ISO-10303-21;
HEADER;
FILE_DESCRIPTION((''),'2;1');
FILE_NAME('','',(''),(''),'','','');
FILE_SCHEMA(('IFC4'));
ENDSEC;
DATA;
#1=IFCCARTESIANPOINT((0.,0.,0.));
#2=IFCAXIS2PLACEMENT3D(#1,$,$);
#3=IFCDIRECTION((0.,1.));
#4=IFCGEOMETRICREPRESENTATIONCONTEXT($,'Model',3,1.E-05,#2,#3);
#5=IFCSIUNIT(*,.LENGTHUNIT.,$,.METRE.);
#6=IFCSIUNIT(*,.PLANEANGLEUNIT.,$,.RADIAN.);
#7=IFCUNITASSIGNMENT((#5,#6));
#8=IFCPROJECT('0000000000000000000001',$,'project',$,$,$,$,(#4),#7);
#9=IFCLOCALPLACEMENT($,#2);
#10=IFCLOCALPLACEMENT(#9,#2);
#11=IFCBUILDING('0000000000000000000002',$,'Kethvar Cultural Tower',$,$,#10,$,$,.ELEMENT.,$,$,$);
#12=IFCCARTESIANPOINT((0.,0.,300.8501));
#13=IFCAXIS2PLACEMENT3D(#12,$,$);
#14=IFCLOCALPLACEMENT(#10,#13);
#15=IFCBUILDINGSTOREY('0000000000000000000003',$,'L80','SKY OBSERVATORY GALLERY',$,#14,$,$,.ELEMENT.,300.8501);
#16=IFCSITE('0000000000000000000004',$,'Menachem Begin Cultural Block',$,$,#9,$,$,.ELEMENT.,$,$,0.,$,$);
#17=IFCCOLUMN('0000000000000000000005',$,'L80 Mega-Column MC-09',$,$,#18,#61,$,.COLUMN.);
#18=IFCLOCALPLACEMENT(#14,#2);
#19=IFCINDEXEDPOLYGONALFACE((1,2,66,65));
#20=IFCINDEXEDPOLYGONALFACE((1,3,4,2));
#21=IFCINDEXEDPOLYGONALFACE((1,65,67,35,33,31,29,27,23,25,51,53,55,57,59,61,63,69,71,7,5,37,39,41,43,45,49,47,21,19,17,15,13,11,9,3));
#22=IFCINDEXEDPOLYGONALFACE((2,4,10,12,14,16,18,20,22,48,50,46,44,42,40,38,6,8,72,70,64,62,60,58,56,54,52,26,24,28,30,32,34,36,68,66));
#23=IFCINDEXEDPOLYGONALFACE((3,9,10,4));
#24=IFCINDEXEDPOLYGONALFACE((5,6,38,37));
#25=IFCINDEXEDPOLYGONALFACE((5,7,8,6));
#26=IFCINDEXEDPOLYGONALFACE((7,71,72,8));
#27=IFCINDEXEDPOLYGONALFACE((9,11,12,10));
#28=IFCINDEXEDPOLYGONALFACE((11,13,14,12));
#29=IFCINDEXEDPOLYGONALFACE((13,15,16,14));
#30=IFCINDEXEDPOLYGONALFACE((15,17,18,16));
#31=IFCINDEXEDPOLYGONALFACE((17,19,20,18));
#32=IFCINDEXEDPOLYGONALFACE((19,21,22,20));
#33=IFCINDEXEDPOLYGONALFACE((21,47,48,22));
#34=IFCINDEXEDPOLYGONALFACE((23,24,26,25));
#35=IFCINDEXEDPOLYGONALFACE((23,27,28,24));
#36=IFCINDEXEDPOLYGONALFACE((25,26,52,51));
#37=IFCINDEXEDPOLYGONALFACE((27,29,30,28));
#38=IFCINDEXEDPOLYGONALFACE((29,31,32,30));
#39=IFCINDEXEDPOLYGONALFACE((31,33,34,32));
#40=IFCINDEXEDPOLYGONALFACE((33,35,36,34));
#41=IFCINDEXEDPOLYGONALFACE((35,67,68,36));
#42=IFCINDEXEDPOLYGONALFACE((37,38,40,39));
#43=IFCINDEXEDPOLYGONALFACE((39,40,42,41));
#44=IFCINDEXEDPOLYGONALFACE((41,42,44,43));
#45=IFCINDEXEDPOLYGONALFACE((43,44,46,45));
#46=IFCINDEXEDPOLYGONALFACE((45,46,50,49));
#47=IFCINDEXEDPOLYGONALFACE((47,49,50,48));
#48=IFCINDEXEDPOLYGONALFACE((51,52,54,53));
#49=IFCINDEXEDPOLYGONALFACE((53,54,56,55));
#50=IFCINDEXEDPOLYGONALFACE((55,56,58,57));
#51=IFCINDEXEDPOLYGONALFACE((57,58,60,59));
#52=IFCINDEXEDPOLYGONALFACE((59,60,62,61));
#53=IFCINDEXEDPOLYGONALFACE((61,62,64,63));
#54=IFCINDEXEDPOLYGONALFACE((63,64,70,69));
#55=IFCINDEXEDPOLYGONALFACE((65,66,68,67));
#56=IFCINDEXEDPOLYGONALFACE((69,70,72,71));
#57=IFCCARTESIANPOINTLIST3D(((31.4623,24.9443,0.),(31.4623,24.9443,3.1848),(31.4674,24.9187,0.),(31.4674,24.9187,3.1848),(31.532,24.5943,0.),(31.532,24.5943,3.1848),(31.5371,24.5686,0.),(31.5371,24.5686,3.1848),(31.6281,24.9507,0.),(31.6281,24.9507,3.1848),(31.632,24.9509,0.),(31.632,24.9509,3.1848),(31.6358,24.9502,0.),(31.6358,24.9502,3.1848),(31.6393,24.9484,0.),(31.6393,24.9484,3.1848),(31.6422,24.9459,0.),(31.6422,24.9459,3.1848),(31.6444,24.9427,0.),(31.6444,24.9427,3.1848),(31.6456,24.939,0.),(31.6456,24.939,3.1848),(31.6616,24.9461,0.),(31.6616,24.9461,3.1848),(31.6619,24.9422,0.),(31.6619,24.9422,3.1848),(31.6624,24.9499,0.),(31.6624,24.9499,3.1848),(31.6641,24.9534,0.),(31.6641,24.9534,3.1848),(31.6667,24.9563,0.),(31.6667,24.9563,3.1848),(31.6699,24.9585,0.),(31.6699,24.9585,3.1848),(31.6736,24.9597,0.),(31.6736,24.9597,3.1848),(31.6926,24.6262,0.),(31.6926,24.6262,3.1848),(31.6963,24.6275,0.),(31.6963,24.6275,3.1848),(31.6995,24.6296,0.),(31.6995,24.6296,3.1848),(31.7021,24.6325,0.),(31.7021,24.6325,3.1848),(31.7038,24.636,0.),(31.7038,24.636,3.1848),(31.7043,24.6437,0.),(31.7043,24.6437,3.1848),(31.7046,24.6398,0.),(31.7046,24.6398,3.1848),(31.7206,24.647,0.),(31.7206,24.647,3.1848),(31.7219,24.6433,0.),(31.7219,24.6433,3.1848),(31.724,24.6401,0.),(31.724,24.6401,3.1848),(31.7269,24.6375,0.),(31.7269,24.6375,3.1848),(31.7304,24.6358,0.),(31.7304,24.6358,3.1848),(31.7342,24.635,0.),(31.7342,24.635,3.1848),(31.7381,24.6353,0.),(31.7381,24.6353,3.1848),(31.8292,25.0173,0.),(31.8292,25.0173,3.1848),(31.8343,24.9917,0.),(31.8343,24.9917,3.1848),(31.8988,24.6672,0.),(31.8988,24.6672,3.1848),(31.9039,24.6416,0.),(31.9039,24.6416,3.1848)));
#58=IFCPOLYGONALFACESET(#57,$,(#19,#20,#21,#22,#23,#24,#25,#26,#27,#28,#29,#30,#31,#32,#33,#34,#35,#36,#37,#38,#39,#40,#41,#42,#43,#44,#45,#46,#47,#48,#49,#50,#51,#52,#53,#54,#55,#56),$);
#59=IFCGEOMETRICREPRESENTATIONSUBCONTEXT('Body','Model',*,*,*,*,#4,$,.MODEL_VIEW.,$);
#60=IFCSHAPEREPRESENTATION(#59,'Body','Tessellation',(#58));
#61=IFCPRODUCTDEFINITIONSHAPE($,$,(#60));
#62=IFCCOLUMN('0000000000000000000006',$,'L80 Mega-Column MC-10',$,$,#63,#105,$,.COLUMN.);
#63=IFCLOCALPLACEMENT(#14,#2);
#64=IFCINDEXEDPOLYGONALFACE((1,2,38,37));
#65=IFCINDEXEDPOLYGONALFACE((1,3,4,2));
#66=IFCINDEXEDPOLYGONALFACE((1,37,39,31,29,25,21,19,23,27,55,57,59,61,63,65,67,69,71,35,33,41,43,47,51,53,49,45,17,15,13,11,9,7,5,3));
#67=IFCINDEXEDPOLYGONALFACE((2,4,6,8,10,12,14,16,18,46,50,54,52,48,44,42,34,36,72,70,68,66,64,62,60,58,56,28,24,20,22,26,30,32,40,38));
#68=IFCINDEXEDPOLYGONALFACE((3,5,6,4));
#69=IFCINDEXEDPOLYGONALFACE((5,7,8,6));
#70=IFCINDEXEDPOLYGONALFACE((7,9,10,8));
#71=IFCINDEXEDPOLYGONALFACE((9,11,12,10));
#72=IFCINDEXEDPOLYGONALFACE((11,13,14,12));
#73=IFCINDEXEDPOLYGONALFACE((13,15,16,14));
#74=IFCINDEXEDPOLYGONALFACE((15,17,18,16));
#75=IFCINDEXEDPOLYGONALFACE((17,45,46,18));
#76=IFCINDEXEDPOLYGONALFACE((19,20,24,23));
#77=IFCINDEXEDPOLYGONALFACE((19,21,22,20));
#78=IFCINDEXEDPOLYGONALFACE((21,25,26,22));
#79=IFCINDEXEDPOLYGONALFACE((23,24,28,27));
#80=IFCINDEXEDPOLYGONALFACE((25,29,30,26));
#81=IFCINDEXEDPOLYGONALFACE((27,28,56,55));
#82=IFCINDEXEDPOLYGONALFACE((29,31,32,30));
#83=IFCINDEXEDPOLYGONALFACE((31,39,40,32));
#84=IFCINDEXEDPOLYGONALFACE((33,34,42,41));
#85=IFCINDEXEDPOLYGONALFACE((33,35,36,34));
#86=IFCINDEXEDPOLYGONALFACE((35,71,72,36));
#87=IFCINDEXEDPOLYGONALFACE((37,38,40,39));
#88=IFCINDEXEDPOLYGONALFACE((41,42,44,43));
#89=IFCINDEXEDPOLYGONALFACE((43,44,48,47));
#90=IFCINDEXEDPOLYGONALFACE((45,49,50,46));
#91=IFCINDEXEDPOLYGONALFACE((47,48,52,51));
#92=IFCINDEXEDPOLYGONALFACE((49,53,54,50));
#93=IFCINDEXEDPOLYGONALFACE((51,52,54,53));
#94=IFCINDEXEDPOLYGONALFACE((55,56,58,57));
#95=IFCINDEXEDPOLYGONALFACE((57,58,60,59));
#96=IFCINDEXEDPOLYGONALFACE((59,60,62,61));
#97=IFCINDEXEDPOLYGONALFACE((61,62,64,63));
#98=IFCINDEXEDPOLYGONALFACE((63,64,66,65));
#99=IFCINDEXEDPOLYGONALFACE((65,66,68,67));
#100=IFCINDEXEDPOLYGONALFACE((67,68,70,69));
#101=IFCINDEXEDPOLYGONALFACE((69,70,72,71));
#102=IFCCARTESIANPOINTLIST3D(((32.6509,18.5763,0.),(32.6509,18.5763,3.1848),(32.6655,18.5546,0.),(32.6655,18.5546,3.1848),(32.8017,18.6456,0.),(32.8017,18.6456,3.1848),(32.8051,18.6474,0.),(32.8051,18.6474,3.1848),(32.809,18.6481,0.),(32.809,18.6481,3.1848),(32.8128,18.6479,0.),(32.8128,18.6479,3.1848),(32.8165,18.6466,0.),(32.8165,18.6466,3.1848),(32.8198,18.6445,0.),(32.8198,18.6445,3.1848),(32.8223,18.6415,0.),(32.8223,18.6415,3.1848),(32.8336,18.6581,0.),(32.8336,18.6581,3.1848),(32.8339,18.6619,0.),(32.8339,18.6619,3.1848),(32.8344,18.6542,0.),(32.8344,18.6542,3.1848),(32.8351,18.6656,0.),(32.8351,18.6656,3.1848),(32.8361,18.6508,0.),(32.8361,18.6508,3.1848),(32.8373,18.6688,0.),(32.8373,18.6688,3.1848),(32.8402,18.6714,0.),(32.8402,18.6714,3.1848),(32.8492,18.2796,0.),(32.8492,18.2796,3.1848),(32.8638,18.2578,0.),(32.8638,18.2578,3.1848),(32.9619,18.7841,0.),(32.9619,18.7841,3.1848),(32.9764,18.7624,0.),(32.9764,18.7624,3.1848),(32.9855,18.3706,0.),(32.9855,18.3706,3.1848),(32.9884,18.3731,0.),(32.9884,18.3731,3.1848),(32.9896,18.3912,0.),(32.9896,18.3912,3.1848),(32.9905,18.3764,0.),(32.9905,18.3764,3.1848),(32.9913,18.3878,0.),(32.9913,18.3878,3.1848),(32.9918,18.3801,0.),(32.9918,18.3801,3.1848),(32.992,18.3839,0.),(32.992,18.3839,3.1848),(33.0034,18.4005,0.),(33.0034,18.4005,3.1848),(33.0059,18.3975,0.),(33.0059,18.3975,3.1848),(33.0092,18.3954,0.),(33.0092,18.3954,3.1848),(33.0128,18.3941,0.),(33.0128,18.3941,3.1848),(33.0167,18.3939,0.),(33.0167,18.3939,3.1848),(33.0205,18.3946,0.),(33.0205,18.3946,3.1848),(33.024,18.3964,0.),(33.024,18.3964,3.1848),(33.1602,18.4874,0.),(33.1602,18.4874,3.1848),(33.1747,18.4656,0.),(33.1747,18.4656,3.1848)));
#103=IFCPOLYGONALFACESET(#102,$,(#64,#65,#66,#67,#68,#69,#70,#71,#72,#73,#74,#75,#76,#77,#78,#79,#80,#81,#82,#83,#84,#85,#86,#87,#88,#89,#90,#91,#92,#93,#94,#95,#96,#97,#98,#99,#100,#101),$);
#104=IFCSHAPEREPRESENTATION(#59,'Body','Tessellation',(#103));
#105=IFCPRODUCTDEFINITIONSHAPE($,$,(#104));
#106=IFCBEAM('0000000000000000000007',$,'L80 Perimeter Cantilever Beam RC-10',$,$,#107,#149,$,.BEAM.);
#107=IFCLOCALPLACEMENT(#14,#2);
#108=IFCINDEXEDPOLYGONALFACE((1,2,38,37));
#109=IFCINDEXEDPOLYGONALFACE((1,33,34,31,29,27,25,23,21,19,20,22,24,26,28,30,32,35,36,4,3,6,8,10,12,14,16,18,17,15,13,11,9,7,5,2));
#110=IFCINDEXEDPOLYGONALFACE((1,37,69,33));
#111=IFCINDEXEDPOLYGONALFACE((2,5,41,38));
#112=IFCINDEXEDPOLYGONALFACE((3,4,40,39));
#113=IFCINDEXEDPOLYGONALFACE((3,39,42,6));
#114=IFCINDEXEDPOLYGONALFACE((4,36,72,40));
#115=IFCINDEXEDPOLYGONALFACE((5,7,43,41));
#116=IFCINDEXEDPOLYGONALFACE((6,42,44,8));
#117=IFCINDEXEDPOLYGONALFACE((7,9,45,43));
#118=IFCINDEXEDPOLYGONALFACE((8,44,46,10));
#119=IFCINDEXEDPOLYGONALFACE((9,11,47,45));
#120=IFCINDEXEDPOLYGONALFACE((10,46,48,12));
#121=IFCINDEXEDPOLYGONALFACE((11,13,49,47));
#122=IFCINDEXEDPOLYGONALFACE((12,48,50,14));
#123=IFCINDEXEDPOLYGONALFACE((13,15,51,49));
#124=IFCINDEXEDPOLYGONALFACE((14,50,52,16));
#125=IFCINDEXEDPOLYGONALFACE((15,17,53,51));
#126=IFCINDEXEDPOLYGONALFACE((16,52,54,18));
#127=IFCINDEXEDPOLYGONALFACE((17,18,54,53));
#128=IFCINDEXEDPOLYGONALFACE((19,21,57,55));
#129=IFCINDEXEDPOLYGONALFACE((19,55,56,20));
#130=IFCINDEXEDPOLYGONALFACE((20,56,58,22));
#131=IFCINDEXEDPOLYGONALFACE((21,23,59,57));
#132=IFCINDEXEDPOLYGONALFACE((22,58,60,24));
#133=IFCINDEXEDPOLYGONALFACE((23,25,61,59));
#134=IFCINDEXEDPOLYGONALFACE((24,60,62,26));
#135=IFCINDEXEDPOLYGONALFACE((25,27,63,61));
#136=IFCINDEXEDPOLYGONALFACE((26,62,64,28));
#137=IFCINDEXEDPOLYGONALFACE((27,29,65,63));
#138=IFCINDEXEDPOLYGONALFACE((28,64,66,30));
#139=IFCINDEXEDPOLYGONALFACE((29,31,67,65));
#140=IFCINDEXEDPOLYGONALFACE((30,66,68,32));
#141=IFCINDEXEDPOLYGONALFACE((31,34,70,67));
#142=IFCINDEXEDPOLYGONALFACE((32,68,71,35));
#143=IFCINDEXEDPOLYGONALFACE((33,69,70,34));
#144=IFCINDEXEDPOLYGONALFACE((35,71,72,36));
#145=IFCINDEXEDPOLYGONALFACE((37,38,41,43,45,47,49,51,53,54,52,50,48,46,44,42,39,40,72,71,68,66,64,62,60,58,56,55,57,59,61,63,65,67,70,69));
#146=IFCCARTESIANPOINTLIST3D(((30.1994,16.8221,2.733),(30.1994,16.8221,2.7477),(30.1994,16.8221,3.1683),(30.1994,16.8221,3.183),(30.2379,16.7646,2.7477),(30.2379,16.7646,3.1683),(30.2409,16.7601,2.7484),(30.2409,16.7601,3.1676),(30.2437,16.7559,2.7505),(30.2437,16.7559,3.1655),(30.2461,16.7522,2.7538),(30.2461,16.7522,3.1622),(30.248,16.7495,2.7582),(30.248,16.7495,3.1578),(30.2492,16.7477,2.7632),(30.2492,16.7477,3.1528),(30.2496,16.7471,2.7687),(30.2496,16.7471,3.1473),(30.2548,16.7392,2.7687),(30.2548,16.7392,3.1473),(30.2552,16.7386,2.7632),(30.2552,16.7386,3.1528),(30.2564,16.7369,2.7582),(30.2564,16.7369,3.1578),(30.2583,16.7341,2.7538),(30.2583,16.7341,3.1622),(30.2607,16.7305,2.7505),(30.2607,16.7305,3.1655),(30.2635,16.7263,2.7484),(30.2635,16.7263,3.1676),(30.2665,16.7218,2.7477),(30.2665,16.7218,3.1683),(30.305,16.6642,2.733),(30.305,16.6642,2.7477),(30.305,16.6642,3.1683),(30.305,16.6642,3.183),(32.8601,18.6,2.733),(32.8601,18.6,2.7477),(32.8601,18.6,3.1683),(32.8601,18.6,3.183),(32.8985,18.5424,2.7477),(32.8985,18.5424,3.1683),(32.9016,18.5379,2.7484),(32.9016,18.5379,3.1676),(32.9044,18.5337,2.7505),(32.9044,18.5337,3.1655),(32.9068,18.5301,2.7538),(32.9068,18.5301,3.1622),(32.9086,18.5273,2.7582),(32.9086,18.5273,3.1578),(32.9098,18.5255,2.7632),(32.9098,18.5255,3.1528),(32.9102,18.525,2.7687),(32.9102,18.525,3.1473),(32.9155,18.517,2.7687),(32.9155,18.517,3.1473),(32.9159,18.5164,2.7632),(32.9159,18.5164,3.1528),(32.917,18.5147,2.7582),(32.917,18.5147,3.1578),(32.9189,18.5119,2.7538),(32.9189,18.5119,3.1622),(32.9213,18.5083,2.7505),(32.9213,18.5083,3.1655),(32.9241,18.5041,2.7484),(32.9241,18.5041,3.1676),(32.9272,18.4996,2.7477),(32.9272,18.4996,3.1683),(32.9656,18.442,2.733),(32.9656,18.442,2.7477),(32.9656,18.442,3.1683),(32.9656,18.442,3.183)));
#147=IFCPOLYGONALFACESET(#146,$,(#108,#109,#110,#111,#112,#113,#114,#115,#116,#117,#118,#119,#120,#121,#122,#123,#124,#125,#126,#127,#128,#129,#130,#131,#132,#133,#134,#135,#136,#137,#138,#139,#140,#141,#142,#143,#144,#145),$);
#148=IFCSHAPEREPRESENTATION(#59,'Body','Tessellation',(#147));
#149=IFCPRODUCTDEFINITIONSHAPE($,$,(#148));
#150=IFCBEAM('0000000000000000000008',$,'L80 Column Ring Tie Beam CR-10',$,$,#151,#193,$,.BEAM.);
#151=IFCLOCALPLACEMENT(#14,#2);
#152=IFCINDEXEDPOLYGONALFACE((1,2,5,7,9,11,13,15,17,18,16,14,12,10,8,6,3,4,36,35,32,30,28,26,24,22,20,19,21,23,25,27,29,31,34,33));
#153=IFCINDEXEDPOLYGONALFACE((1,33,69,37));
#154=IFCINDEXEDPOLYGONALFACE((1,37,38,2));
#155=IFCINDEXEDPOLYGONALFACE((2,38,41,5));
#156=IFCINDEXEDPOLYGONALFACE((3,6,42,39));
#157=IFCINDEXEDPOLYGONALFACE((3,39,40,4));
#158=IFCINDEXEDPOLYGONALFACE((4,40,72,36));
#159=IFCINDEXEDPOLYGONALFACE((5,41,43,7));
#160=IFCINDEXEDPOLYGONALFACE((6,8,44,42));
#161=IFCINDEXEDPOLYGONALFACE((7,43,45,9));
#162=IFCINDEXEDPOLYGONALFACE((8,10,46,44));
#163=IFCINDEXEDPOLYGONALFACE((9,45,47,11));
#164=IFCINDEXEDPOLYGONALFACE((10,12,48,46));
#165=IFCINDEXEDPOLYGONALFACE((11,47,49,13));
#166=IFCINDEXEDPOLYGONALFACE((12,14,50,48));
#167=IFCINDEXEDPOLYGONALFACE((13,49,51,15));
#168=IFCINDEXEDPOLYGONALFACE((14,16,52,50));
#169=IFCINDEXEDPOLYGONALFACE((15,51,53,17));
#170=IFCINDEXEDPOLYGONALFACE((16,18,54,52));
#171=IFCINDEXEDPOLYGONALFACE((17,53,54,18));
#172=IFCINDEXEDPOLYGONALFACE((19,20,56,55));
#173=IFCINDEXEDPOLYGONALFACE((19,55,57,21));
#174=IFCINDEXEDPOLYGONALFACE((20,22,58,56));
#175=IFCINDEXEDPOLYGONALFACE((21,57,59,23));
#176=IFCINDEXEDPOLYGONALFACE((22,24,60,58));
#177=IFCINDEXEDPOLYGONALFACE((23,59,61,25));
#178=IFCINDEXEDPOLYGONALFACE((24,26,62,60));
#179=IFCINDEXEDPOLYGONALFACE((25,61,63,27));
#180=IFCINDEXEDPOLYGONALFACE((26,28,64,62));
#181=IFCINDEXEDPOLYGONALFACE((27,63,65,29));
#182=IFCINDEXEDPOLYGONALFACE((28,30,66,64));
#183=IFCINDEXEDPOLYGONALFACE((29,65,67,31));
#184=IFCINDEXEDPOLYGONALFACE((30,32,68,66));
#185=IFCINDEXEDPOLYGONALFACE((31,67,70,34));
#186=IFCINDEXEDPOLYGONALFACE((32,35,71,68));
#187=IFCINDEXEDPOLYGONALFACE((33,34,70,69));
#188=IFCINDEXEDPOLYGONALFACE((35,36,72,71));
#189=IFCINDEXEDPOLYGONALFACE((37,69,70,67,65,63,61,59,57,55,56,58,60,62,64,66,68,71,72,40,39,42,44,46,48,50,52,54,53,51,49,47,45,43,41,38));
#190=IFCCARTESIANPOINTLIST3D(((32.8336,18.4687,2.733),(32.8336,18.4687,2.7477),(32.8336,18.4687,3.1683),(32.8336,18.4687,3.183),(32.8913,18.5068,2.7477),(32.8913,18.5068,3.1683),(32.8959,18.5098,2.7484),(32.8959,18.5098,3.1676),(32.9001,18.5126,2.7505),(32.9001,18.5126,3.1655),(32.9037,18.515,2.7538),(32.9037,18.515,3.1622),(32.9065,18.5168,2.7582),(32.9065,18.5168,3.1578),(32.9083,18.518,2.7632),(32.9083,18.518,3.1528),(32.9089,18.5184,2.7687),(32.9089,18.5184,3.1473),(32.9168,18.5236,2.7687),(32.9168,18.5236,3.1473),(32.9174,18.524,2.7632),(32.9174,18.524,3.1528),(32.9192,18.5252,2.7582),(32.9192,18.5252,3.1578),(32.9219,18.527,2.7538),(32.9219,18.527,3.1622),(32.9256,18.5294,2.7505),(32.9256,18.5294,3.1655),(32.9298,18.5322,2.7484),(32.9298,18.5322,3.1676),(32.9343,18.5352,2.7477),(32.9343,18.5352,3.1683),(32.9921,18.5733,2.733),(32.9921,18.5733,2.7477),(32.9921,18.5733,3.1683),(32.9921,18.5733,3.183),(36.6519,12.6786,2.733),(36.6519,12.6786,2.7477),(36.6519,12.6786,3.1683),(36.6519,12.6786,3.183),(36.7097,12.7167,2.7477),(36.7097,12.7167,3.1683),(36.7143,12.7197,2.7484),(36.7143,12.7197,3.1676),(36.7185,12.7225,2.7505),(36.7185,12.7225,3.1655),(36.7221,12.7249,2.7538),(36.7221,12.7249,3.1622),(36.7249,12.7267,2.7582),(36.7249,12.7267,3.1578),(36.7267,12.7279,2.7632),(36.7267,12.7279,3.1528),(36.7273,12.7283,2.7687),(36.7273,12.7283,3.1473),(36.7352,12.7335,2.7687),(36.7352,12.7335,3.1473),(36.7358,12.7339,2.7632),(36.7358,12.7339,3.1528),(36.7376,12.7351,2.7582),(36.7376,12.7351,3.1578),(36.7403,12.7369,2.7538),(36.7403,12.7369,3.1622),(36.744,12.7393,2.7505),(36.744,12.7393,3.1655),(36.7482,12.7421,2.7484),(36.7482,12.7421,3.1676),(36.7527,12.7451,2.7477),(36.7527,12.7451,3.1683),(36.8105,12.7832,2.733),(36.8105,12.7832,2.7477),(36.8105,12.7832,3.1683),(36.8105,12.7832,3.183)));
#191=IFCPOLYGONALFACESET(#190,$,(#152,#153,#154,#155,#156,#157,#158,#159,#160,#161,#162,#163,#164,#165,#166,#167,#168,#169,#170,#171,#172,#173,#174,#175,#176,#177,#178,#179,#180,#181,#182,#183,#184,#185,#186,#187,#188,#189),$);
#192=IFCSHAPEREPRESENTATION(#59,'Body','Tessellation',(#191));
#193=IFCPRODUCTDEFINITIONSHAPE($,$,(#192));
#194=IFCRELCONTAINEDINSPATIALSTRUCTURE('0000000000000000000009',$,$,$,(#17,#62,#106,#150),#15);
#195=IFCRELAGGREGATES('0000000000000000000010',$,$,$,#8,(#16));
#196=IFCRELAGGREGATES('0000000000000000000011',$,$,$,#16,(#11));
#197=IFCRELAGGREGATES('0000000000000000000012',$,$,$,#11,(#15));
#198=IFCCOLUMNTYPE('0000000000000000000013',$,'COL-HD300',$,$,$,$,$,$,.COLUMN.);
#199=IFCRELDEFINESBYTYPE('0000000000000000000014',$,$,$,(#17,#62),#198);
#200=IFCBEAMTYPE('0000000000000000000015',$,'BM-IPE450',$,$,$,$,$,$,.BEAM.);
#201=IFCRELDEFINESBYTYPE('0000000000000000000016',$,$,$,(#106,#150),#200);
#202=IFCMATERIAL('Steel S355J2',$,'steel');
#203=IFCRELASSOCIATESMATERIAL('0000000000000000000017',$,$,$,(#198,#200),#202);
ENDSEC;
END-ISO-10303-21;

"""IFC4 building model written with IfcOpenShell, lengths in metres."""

from ifc_helpers import new_model, si_unit, direction, frame, origin, origin_2d, place, context, subcontext, project, spatial, i_section, extrude, source, transform, mapped, material, material_profile, profile_set, type_object, element, save


model = new_model("IFC4")

# Units and contexts
model_context = context("Model", 3, precision=1e-05, world=origin(), true_north=direction((0.0, 1.0)))
body_context = subcontext(model_context, "Body", "Model", "MODEL_VIEW")
ifc_project = project(units=[si_unit("LENGTHUNIT", "METRE"), si_unit("PLANEANGLEUNIT", "RADIAN")], contexts=[model_context])

# Site, building, storey
site_placement = place(None, origin())
site = spatial("IfcSite", under=ifc_project, at=site_placement, Name="Menachem Begin Cultural Block", CompositionType="ELEMENT", RefElevation=0.0)
building_placement = place(site_placement, origin())
building = spatial("IfcBuilding", under=site, at=building_placement, Name="Kethvar Cultural Tower", CompositionType="ELEMENT")
storey_placement = place(building_placement, frame((0.0, 0.0, 300.8501)))
storey = spatial("IfcBuildingStorey", under=building, at=storey_placement, Name="L80", Description="SKY OBSERVATORY GALLERY", CompositionType="ELEMENT", Elevation=300.8501)

# Columns
ifc_material_1 = material(Name="Steel S355J2", Category="steel")
ifc_material_profile_1 = material_profile(ifc_material_1, i_section(OverallWidth=0.374, OverallDepth=0.3831, WebThickness=0.0166, FlangeThickness=0.0261, FilletRadius=0.0149, at=origin_2d()), Name="Steel S355J2 — HD360x300")
ifc_profile_set_1 = profile_set([ifc_material_profile_1], Name="Steel S355J2 — HD360x300")
column_type = type_object("IfcColumnType", Name="COL-HD300", PredefinedType="COLUMN", material=ifc_profile_set_1)
shared_shape_1 = source(origin(), body_context, "Body", "SweptSolid", [
    extrude(i_section(OverallWidth=0.374, OverallDepth=0.3831, WebThickness=0.0166, FlangeThickness=0.0261, FilletRadius=0.0149, at=origin_2d()), origin(), (0.0, 0.0, 1.0), 3.1848),
])
for number, where, z_axis, x_axis, name in (
    (1, (31.6831, 24.793, 0.0), (0.0, 0.0, 1.0), (-0.980785, -0.19509, 0.0), "L80 Mega-Column MC-09"),
    (2, (32.9128, 18.521, 0.0), (0.0, 0.0, 1.0), (-0.83147, -0.55557, 0.0), "L80 Mega-Column MC-10"),
):
    element("IfcColumn", number, at=place(storey_placement, frame(where, z_axis=z_axis, x_axis=x_axis)), inside=storey, type_object=column_type, Name=name, PredefinedType="COLUMN", context=body_context, shape_type="MappedRepresentation", body=[
        mapped(shared_shape_1, transform((0.0, 0.0, 0.0), scale=1.0)),
    ])

# Beams
ifc_material_profile_2 = material_profile(ifc_material_1, i_section(OverallWidth=0.1899, OverallDepth=0.45, WebThickness=0.0095, FlangeThickness=0.0146, FilletRadius=0.021, at=origin_2d()), Name="Steel S355J2 — IPE450")
ifc_profile_set_2 = profile_set([ifc_material_profile_2], Name="Steel S355J2 — IPE450")
beam_type_1 = type_object("IfcBeamType", Name="BM-IPE450", PredefinedType="BEAM", material=ifc_profile_set_2)
shared_shape_2 = source(origin(), body_context, "Body", "SweptSolid", [
    extrude(i_section(OverallWidth=0.1899, OverallDepth=0.45, WebThickness=0.0095, FlangeThickness=0.0146, FilletRadius=0.021, at=origin_2d()), origin(), (0.0, 0.0, 1.0), 3.2),
])
beam_1_placement = place(storey_placement, frame((32.9128, 18.521, 2.958), z_axis=(-0.831463, -0.55558, 0.0), x_axis=(0.55558, -0.831463, 0.0)))
element("IfcBeam", 3, at=beam_1_placement, inside=storey, type_object=beam_type_1, Name="L80 Perimeter Cantilever Beam RC-10", PredefinedType="BEAM", context=body_context, shape_type="MappedRepresentation", body=[
    mapped(shared_shape_2, transform((0.0, 0.0, 0.0), scale=1.0)),
])
shared_shape_3 = source(origin(), body_context, "Body", "SweptSolid", [
    extrude(i_section(OverallWidth=0.1899, OverallDepth=0.45, WebThickness=0.0095, FlangeThickness=0.0146, FilletRadius=0.021, at=origin_2d()), origin(), (0.0, 0.0, 1.0), 6.9358),
])
beam_2_placement = place(storey_placement, frame((32.9128, 18.521, 2.958), z_axis=(0.550534, -0.834813, 0.0), x_axis=(0.834813, 0.550534, 0.0)))
element("IfcBeam", 4, at=beam_2_placement, inside=storey, type_object=beam_type_1, Name="L80 Column Ring Tie Beam CR-10", PredefinedType="BEAM", context=body_context, shape_type="MappedRepresentation", body=[
    mapped(shared_shape_3, transform((0.0, 0.0, 0.0), scale=1.0)),
])

save(model, "model.ifc")
